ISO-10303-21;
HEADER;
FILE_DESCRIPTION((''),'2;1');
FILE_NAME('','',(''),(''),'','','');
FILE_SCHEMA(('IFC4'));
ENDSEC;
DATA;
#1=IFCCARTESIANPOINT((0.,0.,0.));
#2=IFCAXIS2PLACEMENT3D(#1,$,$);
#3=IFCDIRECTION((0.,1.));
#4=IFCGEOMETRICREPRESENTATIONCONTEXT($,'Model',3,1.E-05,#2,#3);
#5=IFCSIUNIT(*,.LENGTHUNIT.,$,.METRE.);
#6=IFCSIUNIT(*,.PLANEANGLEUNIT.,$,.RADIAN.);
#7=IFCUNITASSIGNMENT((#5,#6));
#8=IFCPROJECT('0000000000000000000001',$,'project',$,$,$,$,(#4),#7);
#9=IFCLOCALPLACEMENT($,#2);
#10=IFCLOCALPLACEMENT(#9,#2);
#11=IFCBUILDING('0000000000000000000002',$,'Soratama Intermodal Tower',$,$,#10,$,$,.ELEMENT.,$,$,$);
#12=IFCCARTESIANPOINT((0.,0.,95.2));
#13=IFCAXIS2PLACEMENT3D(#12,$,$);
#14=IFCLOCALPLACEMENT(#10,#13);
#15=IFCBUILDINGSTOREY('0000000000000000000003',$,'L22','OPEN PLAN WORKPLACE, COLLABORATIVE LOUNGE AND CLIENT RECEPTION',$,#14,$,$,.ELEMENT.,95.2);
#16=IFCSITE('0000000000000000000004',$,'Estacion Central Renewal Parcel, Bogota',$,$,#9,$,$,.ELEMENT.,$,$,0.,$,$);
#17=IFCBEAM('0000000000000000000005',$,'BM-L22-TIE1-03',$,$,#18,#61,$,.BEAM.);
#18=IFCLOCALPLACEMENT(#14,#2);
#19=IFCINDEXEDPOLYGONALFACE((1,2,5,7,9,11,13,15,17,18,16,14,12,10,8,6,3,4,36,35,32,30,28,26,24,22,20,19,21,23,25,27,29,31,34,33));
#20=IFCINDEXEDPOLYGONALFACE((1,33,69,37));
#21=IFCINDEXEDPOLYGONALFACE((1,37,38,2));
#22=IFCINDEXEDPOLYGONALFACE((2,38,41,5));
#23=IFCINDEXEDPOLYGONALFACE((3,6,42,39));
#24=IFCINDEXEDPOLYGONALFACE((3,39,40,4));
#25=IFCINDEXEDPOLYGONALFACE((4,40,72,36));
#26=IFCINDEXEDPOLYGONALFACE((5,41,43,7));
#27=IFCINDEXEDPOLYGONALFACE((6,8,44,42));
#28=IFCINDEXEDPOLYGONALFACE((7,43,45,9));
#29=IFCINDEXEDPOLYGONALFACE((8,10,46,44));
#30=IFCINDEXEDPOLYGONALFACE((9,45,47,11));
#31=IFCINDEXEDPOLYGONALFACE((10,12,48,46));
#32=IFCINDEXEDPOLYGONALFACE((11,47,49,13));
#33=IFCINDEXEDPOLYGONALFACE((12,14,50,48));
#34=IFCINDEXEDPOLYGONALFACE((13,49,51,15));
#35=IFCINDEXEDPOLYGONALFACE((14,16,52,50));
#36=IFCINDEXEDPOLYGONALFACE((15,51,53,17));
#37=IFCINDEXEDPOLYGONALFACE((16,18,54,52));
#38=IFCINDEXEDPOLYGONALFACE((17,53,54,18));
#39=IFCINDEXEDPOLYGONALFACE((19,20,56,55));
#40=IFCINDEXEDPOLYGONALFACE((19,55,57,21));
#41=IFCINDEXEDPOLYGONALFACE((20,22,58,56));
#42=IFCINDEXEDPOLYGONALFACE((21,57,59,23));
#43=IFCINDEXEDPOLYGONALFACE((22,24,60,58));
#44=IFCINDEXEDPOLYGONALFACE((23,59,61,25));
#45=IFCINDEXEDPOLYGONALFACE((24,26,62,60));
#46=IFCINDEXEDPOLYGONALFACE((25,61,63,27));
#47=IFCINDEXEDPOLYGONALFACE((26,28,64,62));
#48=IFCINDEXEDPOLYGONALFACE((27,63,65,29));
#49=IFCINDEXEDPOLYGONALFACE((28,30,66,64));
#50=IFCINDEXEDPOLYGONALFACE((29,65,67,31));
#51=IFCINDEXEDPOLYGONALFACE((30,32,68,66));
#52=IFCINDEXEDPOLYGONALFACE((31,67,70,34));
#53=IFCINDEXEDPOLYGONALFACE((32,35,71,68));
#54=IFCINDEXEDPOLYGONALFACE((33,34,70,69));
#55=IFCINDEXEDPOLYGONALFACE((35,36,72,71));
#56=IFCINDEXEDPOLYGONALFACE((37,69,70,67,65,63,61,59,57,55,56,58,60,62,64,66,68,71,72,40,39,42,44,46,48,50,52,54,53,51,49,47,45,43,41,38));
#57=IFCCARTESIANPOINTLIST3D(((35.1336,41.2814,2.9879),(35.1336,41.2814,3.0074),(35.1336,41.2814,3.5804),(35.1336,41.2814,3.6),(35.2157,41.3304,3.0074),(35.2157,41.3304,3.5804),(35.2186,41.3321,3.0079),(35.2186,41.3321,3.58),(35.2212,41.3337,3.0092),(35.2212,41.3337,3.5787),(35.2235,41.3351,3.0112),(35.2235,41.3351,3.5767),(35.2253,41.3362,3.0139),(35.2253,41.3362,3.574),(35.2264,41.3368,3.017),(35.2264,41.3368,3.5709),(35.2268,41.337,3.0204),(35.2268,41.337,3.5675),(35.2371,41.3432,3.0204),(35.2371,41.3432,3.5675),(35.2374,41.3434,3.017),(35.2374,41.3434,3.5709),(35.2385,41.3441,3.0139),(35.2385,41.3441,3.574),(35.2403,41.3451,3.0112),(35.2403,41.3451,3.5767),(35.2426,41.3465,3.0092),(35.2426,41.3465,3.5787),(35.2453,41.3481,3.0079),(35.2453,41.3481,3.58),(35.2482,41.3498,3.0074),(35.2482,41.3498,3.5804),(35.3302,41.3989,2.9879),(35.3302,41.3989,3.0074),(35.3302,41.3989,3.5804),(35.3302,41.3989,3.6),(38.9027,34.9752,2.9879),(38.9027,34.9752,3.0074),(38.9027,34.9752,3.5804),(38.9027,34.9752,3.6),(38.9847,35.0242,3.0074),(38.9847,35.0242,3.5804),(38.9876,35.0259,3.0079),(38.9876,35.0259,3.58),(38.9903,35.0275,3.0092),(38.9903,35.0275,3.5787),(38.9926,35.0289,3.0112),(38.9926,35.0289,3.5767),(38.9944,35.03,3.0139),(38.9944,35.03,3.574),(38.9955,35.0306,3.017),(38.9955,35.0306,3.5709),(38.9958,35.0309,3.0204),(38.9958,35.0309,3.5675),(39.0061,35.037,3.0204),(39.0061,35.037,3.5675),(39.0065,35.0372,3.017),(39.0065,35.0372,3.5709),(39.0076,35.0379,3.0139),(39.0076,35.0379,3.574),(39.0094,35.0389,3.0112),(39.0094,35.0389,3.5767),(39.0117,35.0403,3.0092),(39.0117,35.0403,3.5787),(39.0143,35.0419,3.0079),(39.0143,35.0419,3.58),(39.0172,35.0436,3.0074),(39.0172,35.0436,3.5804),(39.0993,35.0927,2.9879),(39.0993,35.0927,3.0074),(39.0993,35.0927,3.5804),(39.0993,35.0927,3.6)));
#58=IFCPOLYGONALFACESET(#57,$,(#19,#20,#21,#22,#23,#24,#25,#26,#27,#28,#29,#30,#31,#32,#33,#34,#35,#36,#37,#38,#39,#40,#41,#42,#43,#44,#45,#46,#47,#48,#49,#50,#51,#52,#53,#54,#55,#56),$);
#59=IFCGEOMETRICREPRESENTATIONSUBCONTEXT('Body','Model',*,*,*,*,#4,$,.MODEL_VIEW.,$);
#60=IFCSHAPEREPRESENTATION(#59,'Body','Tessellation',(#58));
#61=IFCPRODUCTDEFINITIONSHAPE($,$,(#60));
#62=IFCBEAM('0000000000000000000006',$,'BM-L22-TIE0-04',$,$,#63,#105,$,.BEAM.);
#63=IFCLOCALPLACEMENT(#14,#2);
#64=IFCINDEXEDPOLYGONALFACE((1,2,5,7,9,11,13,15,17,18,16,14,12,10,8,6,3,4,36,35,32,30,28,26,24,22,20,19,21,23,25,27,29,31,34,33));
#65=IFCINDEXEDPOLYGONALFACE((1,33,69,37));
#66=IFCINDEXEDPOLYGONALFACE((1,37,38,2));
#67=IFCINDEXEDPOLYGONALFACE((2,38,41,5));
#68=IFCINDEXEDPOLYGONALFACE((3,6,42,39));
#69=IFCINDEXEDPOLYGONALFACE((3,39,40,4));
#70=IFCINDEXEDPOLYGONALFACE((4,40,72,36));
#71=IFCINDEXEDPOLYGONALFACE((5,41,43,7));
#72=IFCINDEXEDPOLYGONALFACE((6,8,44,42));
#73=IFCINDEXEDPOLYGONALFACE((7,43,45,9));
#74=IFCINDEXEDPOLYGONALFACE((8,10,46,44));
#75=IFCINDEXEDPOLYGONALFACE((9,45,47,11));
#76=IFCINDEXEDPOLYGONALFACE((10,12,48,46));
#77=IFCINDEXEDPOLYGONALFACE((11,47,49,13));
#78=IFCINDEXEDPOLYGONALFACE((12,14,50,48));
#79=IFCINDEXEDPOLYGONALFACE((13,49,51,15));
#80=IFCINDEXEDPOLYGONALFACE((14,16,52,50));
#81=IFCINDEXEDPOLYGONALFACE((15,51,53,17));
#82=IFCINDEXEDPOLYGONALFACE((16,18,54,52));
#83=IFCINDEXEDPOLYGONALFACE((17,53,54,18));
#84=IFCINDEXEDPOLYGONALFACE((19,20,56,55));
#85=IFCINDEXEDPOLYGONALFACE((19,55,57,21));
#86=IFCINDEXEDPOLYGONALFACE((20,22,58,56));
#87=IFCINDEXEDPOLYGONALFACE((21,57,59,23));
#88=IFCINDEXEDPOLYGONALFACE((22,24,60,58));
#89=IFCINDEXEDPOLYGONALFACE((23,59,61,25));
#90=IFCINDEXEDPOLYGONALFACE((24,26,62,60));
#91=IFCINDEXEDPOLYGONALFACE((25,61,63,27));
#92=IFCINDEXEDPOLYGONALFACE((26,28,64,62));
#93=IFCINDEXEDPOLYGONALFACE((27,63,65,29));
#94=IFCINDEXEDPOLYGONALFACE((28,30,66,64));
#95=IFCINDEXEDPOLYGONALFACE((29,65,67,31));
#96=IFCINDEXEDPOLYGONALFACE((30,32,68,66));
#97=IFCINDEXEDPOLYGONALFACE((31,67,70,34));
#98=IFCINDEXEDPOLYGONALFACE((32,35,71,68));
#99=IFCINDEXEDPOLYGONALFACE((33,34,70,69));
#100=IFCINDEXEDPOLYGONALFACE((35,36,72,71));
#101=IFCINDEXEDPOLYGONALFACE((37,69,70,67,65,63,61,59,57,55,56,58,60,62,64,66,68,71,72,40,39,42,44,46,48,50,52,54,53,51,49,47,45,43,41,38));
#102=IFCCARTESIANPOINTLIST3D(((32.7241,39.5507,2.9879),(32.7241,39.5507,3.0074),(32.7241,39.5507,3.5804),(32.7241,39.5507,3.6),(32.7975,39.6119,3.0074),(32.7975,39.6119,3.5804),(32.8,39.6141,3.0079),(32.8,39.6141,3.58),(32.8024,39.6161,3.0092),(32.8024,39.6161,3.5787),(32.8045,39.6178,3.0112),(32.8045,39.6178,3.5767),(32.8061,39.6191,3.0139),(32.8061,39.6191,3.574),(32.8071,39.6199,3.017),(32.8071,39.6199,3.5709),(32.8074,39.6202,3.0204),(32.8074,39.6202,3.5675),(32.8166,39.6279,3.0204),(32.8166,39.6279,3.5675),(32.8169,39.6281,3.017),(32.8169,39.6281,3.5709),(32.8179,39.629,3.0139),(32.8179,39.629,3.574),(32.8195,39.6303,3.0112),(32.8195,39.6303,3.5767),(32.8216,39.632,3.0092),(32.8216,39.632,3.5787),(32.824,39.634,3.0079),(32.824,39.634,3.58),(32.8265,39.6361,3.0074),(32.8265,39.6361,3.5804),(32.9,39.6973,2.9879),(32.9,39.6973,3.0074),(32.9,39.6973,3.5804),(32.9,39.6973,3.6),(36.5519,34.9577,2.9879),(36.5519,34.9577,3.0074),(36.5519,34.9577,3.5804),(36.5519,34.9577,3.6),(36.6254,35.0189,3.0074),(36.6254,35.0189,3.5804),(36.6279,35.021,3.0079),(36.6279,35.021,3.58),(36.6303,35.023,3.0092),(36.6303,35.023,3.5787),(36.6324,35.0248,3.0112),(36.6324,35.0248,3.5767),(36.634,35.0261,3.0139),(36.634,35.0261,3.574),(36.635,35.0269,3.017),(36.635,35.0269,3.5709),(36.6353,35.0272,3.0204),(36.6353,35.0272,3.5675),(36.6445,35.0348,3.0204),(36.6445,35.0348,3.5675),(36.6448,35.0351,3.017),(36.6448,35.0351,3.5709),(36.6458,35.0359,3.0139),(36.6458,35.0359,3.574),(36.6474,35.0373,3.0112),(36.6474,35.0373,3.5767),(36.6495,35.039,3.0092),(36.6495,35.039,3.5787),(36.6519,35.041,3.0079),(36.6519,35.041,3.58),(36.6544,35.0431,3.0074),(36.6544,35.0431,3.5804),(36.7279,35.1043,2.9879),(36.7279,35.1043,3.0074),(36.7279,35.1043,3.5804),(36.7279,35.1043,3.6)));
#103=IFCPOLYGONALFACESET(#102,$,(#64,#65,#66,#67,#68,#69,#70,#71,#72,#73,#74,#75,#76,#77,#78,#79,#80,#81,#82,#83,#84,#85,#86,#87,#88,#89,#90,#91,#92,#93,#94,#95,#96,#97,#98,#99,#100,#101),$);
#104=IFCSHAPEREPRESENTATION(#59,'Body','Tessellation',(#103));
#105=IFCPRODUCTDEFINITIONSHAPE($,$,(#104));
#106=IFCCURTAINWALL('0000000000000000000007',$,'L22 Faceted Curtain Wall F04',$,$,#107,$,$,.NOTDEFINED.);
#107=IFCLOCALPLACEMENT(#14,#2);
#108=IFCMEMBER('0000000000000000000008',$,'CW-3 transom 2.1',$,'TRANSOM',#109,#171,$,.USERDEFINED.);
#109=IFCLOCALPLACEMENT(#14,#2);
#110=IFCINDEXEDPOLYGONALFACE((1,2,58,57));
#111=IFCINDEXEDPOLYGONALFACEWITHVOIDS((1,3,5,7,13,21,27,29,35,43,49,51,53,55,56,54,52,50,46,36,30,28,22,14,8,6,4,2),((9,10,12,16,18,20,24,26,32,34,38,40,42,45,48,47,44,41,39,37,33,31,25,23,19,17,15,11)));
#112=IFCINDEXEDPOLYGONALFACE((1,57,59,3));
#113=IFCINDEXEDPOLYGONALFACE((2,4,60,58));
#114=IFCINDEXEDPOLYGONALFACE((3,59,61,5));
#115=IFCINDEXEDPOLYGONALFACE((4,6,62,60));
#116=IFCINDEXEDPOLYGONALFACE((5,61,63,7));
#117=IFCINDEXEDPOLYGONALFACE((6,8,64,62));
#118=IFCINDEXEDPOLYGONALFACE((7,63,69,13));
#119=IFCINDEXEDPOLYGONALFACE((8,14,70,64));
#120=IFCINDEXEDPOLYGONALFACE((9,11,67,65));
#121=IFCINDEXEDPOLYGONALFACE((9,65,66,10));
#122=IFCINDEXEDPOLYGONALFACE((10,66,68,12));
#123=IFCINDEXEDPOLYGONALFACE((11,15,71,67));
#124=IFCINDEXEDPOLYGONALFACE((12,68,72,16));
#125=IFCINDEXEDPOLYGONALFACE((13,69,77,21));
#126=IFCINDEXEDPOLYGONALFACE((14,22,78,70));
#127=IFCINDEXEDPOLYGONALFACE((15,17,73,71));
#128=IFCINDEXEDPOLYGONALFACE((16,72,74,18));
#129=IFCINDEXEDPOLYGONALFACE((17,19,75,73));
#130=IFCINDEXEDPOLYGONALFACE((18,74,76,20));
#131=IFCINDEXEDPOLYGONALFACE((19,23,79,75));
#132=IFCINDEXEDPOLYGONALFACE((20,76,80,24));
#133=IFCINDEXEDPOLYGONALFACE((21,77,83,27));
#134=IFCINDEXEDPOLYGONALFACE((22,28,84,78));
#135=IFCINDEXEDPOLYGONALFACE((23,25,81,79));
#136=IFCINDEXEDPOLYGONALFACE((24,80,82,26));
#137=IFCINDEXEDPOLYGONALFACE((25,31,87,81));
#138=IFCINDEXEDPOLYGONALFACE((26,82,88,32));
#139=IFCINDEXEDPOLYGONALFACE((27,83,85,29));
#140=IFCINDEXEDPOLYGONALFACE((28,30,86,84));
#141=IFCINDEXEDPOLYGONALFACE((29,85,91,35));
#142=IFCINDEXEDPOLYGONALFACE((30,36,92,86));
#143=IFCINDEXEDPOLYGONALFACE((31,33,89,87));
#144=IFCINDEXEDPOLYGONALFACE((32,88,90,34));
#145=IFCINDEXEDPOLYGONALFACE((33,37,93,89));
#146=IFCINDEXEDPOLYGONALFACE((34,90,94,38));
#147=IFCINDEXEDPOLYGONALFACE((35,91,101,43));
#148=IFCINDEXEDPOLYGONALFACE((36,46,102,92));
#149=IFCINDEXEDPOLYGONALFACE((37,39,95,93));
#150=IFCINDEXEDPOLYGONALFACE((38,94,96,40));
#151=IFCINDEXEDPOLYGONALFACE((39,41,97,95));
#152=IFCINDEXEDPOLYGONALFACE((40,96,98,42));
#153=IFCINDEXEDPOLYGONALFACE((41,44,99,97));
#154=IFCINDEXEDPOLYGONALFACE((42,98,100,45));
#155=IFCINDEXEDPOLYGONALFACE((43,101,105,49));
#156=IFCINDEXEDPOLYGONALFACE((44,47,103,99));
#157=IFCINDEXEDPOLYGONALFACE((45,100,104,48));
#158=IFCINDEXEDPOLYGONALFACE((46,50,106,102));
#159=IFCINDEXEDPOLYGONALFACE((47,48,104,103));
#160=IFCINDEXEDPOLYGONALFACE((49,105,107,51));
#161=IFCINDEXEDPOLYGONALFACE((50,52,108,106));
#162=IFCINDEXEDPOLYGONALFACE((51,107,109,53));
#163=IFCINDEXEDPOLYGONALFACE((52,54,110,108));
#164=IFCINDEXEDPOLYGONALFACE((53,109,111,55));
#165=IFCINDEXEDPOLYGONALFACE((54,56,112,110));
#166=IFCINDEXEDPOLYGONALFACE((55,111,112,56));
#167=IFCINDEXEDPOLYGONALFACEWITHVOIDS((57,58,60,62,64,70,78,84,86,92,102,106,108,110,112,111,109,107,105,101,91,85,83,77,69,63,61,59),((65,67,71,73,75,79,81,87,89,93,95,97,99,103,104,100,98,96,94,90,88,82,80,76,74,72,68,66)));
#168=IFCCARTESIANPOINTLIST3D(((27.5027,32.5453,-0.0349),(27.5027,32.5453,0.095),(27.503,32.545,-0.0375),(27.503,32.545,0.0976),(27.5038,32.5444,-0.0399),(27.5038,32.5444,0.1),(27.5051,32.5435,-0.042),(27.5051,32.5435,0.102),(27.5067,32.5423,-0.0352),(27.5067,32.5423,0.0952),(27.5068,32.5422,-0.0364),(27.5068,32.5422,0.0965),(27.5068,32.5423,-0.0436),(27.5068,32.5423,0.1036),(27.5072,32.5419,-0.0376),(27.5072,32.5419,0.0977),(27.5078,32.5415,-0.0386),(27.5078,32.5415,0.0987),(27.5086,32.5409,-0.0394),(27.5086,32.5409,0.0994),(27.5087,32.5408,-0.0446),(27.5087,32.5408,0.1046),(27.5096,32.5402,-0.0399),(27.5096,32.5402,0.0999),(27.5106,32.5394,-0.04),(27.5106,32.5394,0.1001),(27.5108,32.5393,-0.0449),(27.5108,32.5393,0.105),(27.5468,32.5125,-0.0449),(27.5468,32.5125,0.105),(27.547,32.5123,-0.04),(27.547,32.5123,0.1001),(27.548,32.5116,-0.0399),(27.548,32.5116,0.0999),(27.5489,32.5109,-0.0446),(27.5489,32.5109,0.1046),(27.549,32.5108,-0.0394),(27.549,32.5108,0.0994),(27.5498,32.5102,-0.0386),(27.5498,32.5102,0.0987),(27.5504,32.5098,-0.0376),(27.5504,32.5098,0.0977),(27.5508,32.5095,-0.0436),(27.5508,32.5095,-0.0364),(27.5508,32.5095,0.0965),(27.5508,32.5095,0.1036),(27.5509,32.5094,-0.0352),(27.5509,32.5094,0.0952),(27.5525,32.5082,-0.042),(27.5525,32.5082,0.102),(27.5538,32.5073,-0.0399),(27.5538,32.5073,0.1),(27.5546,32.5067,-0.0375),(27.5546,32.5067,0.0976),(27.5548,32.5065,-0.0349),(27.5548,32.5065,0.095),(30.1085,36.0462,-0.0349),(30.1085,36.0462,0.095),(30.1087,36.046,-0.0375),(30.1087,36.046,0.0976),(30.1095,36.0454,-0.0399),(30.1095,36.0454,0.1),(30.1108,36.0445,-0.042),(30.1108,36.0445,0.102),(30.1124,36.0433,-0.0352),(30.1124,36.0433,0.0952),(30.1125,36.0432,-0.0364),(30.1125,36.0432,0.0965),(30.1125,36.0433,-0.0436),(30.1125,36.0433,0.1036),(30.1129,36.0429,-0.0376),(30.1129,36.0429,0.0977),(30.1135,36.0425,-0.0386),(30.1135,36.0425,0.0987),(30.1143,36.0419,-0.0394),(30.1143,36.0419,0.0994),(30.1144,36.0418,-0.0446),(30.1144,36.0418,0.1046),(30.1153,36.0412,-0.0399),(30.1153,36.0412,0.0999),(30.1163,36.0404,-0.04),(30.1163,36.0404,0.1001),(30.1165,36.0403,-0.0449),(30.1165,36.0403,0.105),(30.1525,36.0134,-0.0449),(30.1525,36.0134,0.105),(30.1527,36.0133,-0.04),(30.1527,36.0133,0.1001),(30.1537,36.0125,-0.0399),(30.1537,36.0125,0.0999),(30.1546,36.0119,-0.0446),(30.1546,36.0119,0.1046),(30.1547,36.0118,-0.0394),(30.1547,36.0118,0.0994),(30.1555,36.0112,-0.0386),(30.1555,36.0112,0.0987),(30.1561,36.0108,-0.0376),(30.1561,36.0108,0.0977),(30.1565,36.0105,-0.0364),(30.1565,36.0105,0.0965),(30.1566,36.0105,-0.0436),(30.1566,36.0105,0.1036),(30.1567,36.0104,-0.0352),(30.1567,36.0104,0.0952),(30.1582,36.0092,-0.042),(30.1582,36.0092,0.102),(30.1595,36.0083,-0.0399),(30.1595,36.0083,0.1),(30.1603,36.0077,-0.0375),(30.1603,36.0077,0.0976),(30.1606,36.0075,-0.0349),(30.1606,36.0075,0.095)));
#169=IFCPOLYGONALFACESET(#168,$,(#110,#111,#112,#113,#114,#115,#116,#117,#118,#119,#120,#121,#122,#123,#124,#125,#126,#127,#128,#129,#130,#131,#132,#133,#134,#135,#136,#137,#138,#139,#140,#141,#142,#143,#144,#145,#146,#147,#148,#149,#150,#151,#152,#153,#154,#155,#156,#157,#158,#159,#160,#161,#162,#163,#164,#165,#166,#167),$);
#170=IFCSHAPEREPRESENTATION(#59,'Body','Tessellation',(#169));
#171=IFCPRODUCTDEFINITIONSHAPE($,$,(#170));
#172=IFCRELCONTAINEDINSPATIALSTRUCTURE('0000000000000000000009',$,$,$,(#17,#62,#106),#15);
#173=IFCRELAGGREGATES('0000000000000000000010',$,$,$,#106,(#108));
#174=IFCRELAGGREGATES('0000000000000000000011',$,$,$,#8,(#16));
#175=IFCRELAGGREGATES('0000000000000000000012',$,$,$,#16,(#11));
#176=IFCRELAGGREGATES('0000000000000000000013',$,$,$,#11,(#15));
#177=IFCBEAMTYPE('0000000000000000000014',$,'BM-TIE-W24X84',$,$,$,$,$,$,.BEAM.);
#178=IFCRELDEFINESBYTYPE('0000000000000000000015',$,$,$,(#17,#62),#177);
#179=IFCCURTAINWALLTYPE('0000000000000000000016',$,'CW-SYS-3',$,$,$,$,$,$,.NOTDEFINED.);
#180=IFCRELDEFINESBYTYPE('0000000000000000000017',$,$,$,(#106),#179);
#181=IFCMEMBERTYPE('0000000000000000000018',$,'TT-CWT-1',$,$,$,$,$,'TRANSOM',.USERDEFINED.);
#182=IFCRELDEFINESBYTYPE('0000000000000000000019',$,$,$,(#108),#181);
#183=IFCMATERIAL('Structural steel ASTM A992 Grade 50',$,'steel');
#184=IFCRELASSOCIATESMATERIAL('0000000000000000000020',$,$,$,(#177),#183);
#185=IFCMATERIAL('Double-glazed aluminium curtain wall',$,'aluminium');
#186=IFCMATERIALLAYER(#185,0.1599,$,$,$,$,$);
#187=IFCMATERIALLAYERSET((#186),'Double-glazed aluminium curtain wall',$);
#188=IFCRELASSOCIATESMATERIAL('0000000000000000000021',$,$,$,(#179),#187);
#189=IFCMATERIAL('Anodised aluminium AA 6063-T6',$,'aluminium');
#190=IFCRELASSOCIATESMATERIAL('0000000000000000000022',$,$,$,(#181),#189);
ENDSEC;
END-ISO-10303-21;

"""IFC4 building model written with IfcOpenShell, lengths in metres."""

from ifc_helpers import new_model, si_unit, direction, frame, origin, origin_2d, place, context, subcontext, project, spatial, hollow_rectangle, i_section, extrude, material, layer, layer_set, material_profile, profile_set, type_object, element, aggregate, save


model = new_model("IFC4")

# Units and contexts
model_context = context("Model", 3, precision=1e-05, world=origin(), true_north=direction((0.0, 1.0)))
body_context = subcontext(model_context, "Body", "Model", "MODEL_VIEW")
ifc_project = project(units=[si_unit("LENGTHUNIT", "METRE"), si_unit("PLANEANGLEUNIT", "RADIAN")], contexts=[model_context])

# Site, building, storey
site_placement = place(None, origin())
site = spatial("IfcSite", under=ifc_project, at=site_placement, Name="Estacion Central Renewal Parcel, Bogota", CompositionType="ELEMENT", RefElevation=0.0)
building_placement = place(site_placement, origin())
building = spatial("IfcBuilding", under=site, at=building_placement, Name="Soratama Intermodal Tower", CompositionType="ELEMENT")
storey_placement = place(building_placement, frame((0.0, 0.0, 95.2)))
storey = spatial("IfcBuildingStorey", under=building, at=storey_placement, Name="L22", Description="OPEN PLAN WORKPLACE, COLLABORATIVE LOUNGE AND CLIENT RECEPTION", CompositionType="ELEMENT", Elevation=95.2)

# Beams
ifc_material_1 = material(Name="Structural steel ASTM A992 Grade 50", Category="steel")
ifc_material_profile_1 = material_profile(ifc_material_1, i_section(OverallWidth=0.229, OverallDepth=0.6121, WebThickness=0.012, FlangeThickness=0.0195, FilletRadius=0.0129, at=origin_2d()), Name="W24X84")
ifc_profile_set_1 = profile_set([ifc_material_profile_1], Name="Structural steel ASTM A992 Grade 50")
beam_type_1 = type_object("IfcBeamType", Name="BM-TIE-W24X84", PredefinedType="BEAM", material=ifc_profile_set_1)
beam_1_placement = place(storey_placement, frame((39.001, 35.0339, 3.2939), z_axis=(-0.513029, 0.858371, 0.0), x_axis=(-0.858371, -0.513029, 0.0)))
element("IfcBeam", 1, at=beam_1_placement, inside=storey, type_object=beam_type_1, Name="BM-L22-TIE1-03", PredefinedType="BEAM", context=body_context, shape_type="SweptSolid", body=[
    extrude(i_section(OverallWidth=0.229, OverallDepth=0.6121, WebThickness=0.012, FlangeThickness=0.0195, FilletRadius=0.0129, at=origin_2d()), origin(), (0.0, 0.0, 1.0), 7.3467),
])
beam_2_placement = place(storey_placement, frame((36.6399, 35.031, 3.2939), z_axis=(-0.640221, 0.768191, 0.0), x_axis=(-0.768191, -0.640221, 0.0)))
element("IfcBeam", 2, at=beam_2_placement, inside=storey, type_object=beam_type_1, Name="BM-L22-TIE0-04", PredefinedType="BEAM", context=body_context, shape_type="SweptSolid", body=[
    extrude(i_section(OverallWidth=0.229, OverallDepth=0.6121, WebThickness=0.012, FlangeThickness=0.0195, FilletRadius=0.0129, at=origin_2d()), origin(), (0.0, 0.0, 1.0), 5.979),
])

# Curtain wall, member
ifc_material_2 = material(Name="Double-glazed aluminium curtain wall", Category="aluminium")
ifc_layer_1 = layer(ifc_material_2, 0.1599)
ifc_layer_set_1 = layer_set([ifc_layer_1], Name="Double-glazed aluminium curtain wall")
curtain_wall_type = type_object("IfcCurtainWallType", Name="CW-SYS-3", PredefinedType="NOTDEFINED", material=ifc_layer_set_1)
curtain_wall_placement = place(storey_placement, origin())
curtain_wall = element("IfcCurtainWall", 3, at=curtain_wall_placement, inside=storey, type_object=curtain_wall_type, Name="L22 Faceted Curtain Wall F04", PredefinedType="NOTDEFINED")
ifc_material_3 = material(Name="Anodised aluminium AA 6063-T6", Category="aluminium")
ifc_material_profile_2 = material_profile(ifc_material_3, hollow_rectangle(XDim=0.0649, YDim=0.1499, WallThickness=0.0049, InnerFilletRadius=0.0049, OuterFilletRadius=0.01, at=origin_2d()), Name="CWT150X65X5")
ifc_profile_set_2 = profile_set([ifc_material_profile_2], Name="Anodised aluminium AA 6063-T6")
member_type = type_object("IfcMemberType", Name="TT-CWT-1", ElementType="TRANSOM", PredefinedType="USERDEFINED", material=ifc_profile_set_2)
member_1_placement = place(storey_placement, frame((30.1345, 36.0269, 0.03), z_axis=(-0.59706, -0.802196, 0.0), x_axis=(0.802196, -0.59706, 0.0)))
member_1 = element("IfcMember", 4, at=member_1_placement, type_object=member_type, Name="CW-3 transom 2.1", ObjectType="TRANSOM", PredefinedType="USERDEFINED", context=body_context, shape_type="SweptSolid", body=[
    extrude(hollow_rectangle(XDim=0.0649, YDim=0.1499, WallThickness=0.0049, InnerFilletRadius=0.0049, OuterFilletRadius=0.01, at=origin_2d()), origin(), (0.0, 0.0, 1.0), 4.3643),
])
aggregate(curtain_wall, [member_1])

save(model, "model.ifc")
